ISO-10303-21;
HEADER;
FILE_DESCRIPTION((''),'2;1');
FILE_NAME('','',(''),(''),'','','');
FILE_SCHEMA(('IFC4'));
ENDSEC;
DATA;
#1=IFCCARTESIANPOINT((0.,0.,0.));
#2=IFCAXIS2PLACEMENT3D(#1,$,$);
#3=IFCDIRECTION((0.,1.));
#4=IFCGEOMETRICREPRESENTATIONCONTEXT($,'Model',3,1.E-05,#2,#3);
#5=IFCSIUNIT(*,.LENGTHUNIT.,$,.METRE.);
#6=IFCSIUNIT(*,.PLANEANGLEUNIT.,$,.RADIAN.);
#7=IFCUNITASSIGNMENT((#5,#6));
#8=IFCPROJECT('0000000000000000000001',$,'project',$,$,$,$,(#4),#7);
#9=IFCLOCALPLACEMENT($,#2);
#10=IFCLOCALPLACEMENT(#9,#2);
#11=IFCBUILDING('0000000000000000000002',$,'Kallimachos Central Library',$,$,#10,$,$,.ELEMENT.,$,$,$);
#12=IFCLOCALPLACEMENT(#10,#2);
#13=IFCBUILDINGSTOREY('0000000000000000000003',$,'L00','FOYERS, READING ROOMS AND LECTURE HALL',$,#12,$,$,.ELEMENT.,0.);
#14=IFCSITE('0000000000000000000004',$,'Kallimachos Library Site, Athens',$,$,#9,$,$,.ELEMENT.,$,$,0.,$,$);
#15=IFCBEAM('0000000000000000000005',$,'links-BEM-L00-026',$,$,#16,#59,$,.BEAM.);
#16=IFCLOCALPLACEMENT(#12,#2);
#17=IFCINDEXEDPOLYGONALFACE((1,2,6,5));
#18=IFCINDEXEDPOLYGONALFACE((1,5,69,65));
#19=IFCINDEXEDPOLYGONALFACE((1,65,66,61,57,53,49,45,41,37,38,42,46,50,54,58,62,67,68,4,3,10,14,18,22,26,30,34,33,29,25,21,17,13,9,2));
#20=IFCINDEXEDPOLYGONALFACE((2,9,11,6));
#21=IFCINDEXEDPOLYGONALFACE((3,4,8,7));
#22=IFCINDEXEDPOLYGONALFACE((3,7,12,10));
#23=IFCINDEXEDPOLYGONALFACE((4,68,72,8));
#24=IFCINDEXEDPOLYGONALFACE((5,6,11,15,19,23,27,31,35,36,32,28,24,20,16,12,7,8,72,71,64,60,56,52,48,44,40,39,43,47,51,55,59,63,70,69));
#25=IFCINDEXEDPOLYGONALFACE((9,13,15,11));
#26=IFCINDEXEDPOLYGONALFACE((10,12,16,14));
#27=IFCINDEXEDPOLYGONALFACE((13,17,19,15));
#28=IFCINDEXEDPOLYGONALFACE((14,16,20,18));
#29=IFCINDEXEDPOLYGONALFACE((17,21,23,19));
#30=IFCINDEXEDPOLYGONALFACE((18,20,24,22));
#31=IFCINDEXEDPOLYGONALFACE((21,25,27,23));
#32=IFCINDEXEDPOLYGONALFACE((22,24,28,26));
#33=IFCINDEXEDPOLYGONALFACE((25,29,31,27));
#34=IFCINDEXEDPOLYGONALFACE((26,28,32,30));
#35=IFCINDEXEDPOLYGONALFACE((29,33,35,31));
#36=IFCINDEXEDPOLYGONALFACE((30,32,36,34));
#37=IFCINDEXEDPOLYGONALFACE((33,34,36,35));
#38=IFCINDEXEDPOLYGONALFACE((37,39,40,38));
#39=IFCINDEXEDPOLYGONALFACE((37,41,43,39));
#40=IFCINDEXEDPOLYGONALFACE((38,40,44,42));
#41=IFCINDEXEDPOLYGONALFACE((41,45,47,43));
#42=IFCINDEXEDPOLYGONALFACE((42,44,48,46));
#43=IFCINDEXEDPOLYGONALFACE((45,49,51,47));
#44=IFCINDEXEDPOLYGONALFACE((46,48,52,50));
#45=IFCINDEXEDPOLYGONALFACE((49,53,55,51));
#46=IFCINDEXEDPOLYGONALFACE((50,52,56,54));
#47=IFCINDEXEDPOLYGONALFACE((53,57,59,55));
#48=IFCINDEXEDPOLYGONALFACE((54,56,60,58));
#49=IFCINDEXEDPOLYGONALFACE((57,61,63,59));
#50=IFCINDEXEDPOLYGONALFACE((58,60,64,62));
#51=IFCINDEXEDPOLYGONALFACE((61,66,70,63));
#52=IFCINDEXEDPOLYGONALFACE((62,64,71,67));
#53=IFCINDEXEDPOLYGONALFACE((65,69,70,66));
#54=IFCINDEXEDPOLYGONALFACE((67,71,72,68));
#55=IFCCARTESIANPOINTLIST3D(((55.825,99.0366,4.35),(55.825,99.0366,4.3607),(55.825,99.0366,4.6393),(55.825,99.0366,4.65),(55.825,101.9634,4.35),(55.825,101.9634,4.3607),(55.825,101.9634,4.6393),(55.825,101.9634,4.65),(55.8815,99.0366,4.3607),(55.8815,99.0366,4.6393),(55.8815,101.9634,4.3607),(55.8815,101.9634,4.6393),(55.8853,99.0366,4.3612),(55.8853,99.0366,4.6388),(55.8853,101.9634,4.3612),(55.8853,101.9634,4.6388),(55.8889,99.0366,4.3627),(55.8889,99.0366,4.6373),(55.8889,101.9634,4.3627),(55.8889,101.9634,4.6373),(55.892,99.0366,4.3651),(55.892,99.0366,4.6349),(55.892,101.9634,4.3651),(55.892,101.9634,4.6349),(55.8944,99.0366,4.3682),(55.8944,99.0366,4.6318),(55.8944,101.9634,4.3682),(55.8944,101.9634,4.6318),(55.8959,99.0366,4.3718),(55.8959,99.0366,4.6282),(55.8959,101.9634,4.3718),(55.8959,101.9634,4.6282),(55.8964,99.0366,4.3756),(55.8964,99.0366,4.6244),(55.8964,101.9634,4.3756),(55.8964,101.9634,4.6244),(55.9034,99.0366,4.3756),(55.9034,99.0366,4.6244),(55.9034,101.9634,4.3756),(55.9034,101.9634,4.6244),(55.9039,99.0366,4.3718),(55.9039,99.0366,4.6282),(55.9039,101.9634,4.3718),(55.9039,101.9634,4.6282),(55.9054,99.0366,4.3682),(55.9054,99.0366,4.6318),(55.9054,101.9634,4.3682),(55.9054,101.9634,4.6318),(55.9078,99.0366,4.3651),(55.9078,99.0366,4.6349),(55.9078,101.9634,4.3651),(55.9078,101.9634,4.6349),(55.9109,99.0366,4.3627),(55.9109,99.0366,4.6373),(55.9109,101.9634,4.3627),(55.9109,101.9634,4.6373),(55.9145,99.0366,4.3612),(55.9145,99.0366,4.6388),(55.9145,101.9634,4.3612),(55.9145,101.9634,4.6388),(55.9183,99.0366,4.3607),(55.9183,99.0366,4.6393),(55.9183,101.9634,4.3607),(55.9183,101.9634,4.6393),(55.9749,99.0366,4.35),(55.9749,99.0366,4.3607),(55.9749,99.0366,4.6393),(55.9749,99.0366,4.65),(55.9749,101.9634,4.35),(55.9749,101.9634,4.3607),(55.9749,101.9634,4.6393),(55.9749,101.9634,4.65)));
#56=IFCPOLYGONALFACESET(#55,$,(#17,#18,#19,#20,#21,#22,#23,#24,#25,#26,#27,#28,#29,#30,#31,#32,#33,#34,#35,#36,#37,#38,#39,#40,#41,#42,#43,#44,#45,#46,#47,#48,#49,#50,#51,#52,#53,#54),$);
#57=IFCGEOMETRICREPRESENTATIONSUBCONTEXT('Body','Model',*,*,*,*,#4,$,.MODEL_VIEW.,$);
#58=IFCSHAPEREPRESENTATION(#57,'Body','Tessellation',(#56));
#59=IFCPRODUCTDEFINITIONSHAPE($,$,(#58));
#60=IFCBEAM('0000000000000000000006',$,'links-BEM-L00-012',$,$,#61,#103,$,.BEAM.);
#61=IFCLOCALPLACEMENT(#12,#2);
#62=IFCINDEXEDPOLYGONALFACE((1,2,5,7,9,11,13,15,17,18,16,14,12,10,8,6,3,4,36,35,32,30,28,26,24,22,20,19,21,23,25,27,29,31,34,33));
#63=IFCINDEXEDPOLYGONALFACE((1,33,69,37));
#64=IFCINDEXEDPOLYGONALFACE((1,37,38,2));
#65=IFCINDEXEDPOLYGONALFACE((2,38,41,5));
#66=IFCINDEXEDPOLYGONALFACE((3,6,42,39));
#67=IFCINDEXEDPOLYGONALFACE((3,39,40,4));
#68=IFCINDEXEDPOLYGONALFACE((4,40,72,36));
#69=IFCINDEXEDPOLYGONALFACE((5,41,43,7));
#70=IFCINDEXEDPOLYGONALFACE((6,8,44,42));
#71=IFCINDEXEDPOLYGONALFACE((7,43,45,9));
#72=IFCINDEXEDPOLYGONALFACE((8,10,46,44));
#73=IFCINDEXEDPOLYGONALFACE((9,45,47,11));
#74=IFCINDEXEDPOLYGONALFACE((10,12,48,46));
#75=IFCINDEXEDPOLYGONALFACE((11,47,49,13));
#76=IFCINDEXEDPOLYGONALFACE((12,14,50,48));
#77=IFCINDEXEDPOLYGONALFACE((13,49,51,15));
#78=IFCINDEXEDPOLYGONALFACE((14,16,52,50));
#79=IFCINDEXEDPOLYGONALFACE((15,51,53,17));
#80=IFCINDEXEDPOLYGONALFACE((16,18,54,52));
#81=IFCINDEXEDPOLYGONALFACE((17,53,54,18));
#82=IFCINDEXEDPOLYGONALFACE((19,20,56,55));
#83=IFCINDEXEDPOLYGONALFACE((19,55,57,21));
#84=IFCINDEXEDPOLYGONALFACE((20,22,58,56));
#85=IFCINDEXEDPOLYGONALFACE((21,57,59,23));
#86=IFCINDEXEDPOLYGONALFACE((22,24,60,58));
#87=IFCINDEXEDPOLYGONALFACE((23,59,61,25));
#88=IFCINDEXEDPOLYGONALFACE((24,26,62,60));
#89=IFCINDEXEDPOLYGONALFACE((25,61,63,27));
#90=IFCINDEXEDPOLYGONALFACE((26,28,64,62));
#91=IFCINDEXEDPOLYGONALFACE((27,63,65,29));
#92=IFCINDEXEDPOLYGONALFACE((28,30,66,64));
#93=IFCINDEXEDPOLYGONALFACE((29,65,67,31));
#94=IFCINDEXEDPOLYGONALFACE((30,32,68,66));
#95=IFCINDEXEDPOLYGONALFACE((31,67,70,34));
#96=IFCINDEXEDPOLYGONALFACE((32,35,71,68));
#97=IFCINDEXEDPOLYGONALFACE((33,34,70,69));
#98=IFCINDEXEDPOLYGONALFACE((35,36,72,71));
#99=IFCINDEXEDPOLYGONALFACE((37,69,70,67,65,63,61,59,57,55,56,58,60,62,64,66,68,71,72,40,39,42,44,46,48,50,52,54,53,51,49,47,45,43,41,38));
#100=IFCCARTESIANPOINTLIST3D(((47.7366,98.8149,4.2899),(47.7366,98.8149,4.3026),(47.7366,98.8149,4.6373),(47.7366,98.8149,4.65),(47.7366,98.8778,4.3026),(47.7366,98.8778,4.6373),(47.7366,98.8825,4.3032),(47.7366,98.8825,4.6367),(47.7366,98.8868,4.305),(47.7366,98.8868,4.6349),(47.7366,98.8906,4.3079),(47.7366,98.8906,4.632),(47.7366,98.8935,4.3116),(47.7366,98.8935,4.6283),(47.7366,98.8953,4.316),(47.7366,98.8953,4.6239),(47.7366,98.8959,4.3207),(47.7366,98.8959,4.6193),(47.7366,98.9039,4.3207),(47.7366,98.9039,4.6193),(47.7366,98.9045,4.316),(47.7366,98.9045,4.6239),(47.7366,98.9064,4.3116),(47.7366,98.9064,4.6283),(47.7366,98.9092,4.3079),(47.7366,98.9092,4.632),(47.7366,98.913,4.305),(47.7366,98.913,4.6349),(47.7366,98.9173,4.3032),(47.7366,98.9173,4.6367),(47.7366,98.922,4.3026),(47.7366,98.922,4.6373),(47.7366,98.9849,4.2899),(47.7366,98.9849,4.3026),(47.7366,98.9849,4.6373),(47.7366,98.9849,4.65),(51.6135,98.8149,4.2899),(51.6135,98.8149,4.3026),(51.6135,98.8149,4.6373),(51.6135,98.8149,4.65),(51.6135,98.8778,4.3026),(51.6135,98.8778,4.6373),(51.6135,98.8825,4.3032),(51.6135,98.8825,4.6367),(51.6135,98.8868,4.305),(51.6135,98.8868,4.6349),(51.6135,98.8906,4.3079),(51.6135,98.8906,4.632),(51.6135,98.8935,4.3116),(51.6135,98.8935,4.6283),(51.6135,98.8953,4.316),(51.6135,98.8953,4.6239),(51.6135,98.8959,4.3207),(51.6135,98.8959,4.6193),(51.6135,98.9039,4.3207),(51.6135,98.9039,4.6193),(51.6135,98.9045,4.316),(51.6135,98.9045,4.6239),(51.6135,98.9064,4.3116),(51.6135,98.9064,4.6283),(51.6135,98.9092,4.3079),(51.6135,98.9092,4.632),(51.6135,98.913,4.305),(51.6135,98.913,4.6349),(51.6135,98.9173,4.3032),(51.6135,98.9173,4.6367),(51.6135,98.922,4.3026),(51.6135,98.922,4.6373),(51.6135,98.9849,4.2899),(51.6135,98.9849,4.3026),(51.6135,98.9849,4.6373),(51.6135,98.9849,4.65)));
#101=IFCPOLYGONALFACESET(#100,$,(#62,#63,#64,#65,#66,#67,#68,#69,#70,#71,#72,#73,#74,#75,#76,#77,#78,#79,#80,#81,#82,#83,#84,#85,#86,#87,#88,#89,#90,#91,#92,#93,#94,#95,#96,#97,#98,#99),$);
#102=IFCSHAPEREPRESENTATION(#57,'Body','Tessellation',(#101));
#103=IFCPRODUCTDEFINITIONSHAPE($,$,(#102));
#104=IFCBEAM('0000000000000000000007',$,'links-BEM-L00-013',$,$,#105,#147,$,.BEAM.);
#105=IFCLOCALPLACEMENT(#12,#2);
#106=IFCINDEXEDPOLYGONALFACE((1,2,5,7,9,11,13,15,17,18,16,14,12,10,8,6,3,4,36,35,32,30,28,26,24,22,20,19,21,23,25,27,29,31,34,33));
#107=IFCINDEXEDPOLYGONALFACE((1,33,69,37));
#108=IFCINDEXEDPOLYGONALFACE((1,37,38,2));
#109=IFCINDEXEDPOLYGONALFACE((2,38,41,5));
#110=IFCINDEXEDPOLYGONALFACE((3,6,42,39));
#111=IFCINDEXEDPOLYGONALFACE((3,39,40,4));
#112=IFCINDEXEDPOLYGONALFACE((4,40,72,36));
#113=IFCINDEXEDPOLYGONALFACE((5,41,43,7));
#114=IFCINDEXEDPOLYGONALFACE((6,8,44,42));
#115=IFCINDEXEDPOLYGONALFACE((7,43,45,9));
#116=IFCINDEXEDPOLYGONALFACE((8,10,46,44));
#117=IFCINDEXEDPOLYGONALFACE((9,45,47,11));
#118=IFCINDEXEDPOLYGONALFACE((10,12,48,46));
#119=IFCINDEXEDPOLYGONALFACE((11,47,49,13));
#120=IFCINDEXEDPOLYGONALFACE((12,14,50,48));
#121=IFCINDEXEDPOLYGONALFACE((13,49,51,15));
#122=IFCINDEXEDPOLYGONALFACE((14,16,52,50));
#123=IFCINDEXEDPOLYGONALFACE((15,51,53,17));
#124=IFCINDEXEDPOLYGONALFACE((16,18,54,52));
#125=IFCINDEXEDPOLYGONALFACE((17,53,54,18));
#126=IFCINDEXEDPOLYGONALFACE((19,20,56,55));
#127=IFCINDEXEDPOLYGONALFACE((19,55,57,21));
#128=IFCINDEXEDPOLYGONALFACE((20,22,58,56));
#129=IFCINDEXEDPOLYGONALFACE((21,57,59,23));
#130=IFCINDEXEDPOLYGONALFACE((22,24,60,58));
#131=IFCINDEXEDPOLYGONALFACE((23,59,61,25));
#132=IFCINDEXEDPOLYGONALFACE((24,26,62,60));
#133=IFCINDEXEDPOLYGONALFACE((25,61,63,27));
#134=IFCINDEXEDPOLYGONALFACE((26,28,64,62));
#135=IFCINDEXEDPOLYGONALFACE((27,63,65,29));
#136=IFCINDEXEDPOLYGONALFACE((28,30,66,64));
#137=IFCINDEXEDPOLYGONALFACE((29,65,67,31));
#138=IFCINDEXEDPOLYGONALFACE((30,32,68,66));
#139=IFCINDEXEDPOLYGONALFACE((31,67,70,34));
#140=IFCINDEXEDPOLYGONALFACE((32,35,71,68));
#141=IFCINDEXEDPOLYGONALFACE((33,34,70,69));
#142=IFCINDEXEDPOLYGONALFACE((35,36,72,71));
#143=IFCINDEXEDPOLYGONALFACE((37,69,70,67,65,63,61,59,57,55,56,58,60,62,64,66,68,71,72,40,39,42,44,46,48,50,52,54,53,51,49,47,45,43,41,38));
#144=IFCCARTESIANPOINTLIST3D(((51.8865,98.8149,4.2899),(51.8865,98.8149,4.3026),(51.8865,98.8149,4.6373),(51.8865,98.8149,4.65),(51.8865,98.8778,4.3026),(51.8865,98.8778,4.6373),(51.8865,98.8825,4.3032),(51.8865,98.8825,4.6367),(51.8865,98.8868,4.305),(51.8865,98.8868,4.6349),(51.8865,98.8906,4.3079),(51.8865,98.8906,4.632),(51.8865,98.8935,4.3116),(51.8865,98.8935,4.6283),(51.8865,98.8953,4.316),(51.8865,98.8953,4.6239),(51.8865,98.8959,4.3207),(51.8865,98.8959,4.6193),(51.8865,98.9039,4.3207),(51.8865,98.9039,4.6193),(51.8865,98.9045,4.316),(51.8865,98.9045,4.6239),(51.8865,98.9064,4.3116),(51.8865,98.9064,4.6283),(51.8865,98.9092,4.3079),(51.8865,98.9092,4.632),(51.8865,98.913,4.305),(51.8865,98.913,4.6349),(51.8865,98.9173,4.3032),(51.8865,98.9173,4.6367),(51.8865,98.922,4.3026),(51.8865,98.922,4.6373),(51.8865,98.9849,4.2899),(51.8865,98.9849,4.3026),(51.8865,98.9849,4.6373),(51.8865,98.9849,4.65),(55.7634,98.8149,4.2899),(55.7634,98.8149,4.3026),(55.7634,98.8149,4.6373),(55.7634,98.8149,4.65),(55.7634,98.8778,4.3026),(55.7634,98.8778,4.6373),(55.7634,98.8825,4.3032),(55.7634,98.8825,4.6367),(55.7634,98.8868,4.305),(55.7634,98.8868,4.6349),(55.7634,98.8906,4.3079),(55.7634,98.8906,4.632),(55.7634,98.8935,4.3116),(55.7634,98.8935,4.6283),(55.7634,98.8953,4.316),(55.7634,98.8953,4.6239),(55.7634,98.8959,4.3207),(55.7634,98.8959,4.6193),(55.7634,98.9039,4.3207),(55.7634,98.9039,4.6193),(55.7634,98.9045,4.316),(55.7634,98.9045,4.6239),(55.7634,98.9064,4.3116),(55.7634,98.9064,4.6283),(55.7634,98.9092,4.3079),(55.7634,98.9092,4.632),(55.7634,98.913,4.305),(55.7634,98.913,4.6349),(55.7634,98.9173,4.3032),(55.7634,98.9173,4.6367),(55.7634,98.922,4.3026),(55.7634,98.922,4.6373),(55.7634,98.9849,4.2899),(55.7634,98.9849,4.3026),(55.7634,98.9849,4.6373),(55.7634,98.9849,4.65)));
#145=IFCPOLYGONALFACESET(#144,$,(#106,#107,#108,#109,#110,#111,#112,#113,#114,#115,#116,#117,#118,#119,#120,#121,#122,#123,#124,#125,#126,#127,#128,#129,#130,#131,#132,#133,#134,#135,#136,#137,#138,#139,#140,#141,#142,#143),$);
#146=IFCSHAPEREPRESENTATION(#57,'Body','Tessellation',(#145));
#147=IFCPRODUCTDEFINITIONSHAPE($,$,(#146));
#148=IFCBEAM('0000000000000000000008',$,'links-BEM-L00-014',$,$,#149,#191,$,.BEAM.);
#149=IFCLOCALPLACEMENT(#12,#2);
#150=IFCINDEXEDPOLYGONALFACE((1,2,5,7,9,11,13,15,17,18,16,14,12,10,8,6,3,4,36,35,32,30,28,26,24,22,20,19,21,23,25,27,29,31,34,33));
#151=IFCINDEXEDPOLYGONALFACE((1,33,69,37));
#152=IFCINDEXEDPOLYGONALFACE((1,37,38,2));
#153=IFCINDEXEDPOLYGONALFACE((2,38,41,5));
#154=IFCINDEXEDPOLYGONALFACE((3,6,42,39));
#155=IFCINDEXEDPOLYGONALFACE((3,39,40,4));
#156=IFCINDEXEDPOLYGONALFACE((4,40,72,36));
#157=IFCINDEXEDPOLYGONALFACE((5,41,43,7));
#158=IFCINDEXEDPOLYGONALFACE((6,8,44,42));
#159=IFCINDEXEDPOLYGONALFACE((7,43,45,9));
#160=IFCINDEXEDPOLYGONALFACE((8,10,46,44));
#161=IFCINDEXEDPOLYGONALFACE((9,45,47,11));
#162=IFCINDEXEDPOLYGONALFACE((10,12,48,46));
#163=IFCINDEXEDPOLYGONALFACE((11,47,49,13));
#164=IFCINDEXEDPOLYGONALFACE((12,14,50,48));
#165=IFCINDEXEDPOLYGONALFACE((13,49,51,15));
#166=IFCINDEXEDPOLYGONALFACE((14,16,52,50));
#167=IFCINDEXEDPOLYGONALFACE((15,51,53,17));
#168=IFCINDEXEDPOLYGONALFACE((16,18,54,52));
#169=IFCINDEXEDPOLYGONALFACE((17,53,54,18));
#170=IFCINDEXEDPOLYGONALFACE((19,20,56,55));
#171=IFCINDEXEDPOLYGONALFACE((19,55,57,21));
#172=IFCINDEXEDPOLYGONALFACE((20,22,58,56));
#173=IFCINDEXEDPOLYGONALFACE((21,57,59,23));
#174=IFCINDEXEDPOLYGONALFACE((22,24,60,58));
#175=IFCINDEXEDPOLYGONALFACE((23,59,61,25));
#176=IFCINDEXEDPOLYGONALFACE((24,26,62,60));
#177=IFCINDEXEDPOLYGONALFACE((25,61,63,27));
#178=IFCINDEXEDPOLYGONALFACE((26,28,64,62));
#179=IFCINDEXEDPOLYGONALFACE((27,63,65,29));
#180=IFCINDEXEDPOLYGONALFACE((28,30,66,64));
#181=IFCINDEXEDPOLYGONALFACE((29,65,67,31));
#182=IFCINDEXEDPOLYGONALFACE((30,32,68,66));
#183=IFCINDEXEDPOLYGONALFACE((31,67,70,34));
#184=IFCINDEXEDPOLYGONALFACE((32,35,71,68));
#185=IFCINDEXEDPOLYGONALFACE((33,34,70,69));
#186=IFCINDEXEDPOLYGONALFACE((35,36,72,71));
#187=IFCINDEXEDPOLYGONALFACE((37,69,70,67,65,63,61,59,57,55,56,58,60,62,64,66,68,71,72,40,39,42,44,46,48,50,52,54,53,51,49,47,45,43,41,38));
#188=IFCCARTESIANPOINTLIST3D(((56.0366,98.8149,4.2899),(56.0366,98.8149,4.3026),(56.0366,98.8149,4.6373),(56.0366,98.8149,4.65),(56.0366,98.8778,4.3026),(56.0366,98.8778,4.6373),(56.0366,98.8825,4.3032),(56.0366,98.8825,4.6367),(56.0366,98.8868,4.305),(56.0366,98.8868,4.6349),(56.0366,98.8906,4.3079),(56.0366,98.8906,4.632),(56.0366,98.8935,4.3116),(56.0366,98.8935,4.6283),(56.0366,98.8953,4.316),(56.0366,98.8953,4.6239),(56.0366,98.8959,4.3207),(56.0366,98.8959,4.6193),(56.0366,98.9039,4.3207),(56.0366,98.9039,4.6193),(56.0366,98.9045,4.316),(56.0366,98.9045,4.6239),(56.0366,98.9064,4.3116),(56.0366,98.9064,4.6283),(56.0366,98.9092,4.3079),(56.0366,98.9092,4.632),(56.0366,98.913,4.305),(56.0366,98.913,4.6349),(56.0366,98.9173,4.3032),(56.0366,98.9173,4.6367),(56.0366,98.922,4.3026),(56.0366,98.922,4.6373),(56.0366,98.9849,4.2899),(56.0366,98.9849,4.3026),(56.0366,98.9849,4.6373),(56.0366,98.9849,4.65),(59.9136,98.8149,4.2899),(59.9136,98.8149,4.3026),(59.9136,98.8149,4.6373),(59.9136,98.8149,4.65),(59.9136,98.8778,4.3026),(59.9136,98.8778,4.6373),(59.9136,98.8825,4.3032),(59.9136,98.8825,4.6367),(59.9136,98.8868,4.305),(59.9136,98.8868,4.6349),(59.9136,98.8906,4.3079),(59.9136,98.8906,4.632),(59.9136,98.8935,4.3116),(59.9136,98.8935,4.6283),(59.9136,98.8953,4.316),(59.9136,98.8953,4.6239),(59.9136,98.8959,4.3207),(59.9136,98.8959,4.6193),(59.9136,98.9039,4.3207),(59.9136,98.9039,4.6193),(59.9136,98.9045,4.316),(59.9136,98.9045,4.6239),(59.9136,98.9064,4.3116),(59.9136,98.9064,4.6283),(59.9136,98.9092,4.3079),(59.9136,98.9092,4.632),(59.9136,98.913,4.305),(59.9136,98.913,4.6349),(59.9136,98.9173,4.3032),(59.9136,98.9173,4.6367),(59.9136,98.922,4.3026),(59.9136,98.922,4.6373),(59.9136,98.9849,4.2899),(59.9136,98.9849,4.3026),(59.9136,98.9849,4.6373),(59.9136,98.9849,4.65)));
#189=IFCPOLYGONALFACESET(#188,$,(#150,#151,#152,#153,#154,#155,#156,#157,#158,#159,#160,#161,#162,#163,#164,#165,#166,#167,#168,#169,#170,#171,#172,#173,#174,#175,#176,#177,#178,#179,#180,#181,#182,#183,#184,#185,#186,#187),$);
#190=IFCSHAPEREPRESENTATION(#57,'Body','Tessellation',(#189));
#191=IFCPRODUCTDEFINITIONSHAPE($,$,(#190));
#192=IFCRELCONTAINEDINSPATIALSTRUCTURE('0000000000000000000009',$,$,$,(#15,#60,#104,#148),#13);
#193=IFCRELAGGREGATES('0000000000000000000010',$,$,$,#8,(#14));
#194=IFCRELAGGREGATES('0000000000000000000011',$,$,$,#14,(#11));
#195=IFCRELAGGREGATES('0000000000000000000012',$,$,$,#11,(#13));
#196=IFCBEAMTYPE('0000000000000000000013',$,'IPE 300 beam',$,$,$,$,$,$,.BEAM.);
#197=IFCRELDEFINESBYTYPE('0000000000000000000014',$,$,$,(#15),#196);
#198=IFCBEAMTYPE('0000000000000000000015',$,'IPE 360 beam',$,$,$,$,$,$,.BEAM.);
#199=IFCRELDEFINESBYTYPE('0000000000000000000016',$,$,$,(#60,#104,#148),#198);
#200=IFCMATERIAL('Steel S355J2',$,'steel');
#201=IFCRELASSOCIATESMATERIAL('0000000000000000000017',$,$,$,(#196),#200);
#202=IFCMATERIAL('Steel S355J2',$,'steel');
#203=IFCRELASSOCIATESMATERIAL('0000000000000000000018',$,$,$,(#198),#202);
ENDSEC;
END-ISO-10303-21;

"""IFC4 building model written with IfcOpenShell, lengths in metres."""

from ifc_helpers import new_model, si_unit, direction, frame, origin, origin_2d, place, context, subcontext, project, spatial, i_section, extrude, material, material_profile, profile_set, type_object, element, save


model = new_model("IFC4")

# Units and contexts
model_context = context("Model", 3, precision=1e-05, world=origin(), true_north=direction((0.0, 1.0)))
body_context = subcontext(model_context, "Body", "Model", "MODEL_VIEW")
ifc_project = project(units=[si_unit("LENGTHUNIT", "METRE"), si_unit("PLANEANGLEUNIT", "RADIAN")], contexts=[model_context])

# Site, building, storey
site_placement = place(None, origin())
site = spatial("IfcSite", under=ifc_project, at=site_placement, Name="Kallimachos Library Site, Athens", CompositionType="ELEMENT", RefElevation=0.0)
building_placement = place(site_placement, origin())
building = spatial("IfcBuilding", under=site, at=building_placement, Name="Kallimachos Central Library", CompositionType="ELEMENT")
storey_placement = place(building_placement, origin())
storey = spatial("IfcBuildingStorey", under=building, at=storey_placement, Name="L00", Description="FOYERS, READING ROOMS AND LECTURE HALL", CompositionType="ELEMENT", Elevation=0.0)

# Beams
ifc_material_1 = material(Name="Steel S355J2", Category="steel")
ifc_material_profile_1 = material_profile(ifc_material_1, i_section(OverallWidth=0.1499, OverallDepth=0.3, WebThickness=0.0071, FlangeThickness=0.0107, FilletRadius=0.0149, at=origin_2d()), Name="IPE 300")
ifc_profile_set_1 = profile_set([ifc_material_profile_1], Name="Steel S355J2")
beam_type_1 = type_object("IfcBeamType", Name="IPE 300 beam", PredefinedType="BEAM", material=ifc_profile_set_1)
for number, where, z_axis, x_axis, name in (
    (1, (55.8999, 99.0366, 4.5), (0.0, 1.0, 0.0), (-1.0, 0.0, 0.0), "links-BEM-L00-026"),
):
    element("IfcBeam", number, at=place(storey_placement, frame(where, z_axis=z_axis, x_axis=x_axis)), inside=storey, type_object=beam_type_1, Name=name, PredefinedType="BEAM", context=body_context, shape_type="SweptSolid", body=[
        extrude(i_section(OverallWidth=0.1499, OverallDepth=0.3, WebThickness=0.0071, FlangeThickness=0.0107, FilletRadius=0.0149, at=origin_2d()), origin(), (0.0, 0.0, 1.0), 2.9268),
    ])
ifc_material_2 = material(Name="Steel S355J2", Category="steel")
ifc_material_profile_2 = material_profile(ifc_material_2, i_section(OverallWidth=0.1699, OverallDepth=0.3601, WebThickness=0.0081, FlangeThickness=0.0127, FilletRadius=0.0181, at=origin_2d()), Name="IPE 360")
ifc_profile_set_2 = profile_set([ifc_material_profile_2], Name="Steel S355J2")
beam_type_2 = type_object("IfcBeamType", Name="IPE 360 beam", PredefinedType="BEAM", material=ifc_profile_set_2)
for number, where, z_axis, x_axis, name in (
    (2, (47.7366, 98.8999, 4.47), (1.0, 0.0, 0.0), (0.0, 1.0, 0.0), "links-BEM-L00-012"),
    (3, (51.8865, 98.8999, 4.47), (1.0, 0.0, 0.0), (0.0, 1.0, 0.0), "links-BEM-L00-013"),
    (4, (56.0366, 98.8999, 4.47), (1.0, 0.0, 0.0), (0.0, 1.0, 0.0), "links-BEM-L00-014"),
):
    element("IfcBeam", number, at=place(storey_placement, frame(where, z_axis=z_axis, x_axis=x_axis)), inside=storey, type_object=beam_type_2, Name=name, PredefinedType="BEAM", context=body_context, shape_type="SweptSolid", body=[
        extrude(i_section(OverallWidth=0.1699, OverallDepth=0.3601, WebThickness=0.0081, FlangeThickness=0.0127, FilletRadius=0.0181, at=origin_2d()), origin(), (0.0, 0.0, 1.0), 3.877),
    ])

save(model, "model.ifc")
